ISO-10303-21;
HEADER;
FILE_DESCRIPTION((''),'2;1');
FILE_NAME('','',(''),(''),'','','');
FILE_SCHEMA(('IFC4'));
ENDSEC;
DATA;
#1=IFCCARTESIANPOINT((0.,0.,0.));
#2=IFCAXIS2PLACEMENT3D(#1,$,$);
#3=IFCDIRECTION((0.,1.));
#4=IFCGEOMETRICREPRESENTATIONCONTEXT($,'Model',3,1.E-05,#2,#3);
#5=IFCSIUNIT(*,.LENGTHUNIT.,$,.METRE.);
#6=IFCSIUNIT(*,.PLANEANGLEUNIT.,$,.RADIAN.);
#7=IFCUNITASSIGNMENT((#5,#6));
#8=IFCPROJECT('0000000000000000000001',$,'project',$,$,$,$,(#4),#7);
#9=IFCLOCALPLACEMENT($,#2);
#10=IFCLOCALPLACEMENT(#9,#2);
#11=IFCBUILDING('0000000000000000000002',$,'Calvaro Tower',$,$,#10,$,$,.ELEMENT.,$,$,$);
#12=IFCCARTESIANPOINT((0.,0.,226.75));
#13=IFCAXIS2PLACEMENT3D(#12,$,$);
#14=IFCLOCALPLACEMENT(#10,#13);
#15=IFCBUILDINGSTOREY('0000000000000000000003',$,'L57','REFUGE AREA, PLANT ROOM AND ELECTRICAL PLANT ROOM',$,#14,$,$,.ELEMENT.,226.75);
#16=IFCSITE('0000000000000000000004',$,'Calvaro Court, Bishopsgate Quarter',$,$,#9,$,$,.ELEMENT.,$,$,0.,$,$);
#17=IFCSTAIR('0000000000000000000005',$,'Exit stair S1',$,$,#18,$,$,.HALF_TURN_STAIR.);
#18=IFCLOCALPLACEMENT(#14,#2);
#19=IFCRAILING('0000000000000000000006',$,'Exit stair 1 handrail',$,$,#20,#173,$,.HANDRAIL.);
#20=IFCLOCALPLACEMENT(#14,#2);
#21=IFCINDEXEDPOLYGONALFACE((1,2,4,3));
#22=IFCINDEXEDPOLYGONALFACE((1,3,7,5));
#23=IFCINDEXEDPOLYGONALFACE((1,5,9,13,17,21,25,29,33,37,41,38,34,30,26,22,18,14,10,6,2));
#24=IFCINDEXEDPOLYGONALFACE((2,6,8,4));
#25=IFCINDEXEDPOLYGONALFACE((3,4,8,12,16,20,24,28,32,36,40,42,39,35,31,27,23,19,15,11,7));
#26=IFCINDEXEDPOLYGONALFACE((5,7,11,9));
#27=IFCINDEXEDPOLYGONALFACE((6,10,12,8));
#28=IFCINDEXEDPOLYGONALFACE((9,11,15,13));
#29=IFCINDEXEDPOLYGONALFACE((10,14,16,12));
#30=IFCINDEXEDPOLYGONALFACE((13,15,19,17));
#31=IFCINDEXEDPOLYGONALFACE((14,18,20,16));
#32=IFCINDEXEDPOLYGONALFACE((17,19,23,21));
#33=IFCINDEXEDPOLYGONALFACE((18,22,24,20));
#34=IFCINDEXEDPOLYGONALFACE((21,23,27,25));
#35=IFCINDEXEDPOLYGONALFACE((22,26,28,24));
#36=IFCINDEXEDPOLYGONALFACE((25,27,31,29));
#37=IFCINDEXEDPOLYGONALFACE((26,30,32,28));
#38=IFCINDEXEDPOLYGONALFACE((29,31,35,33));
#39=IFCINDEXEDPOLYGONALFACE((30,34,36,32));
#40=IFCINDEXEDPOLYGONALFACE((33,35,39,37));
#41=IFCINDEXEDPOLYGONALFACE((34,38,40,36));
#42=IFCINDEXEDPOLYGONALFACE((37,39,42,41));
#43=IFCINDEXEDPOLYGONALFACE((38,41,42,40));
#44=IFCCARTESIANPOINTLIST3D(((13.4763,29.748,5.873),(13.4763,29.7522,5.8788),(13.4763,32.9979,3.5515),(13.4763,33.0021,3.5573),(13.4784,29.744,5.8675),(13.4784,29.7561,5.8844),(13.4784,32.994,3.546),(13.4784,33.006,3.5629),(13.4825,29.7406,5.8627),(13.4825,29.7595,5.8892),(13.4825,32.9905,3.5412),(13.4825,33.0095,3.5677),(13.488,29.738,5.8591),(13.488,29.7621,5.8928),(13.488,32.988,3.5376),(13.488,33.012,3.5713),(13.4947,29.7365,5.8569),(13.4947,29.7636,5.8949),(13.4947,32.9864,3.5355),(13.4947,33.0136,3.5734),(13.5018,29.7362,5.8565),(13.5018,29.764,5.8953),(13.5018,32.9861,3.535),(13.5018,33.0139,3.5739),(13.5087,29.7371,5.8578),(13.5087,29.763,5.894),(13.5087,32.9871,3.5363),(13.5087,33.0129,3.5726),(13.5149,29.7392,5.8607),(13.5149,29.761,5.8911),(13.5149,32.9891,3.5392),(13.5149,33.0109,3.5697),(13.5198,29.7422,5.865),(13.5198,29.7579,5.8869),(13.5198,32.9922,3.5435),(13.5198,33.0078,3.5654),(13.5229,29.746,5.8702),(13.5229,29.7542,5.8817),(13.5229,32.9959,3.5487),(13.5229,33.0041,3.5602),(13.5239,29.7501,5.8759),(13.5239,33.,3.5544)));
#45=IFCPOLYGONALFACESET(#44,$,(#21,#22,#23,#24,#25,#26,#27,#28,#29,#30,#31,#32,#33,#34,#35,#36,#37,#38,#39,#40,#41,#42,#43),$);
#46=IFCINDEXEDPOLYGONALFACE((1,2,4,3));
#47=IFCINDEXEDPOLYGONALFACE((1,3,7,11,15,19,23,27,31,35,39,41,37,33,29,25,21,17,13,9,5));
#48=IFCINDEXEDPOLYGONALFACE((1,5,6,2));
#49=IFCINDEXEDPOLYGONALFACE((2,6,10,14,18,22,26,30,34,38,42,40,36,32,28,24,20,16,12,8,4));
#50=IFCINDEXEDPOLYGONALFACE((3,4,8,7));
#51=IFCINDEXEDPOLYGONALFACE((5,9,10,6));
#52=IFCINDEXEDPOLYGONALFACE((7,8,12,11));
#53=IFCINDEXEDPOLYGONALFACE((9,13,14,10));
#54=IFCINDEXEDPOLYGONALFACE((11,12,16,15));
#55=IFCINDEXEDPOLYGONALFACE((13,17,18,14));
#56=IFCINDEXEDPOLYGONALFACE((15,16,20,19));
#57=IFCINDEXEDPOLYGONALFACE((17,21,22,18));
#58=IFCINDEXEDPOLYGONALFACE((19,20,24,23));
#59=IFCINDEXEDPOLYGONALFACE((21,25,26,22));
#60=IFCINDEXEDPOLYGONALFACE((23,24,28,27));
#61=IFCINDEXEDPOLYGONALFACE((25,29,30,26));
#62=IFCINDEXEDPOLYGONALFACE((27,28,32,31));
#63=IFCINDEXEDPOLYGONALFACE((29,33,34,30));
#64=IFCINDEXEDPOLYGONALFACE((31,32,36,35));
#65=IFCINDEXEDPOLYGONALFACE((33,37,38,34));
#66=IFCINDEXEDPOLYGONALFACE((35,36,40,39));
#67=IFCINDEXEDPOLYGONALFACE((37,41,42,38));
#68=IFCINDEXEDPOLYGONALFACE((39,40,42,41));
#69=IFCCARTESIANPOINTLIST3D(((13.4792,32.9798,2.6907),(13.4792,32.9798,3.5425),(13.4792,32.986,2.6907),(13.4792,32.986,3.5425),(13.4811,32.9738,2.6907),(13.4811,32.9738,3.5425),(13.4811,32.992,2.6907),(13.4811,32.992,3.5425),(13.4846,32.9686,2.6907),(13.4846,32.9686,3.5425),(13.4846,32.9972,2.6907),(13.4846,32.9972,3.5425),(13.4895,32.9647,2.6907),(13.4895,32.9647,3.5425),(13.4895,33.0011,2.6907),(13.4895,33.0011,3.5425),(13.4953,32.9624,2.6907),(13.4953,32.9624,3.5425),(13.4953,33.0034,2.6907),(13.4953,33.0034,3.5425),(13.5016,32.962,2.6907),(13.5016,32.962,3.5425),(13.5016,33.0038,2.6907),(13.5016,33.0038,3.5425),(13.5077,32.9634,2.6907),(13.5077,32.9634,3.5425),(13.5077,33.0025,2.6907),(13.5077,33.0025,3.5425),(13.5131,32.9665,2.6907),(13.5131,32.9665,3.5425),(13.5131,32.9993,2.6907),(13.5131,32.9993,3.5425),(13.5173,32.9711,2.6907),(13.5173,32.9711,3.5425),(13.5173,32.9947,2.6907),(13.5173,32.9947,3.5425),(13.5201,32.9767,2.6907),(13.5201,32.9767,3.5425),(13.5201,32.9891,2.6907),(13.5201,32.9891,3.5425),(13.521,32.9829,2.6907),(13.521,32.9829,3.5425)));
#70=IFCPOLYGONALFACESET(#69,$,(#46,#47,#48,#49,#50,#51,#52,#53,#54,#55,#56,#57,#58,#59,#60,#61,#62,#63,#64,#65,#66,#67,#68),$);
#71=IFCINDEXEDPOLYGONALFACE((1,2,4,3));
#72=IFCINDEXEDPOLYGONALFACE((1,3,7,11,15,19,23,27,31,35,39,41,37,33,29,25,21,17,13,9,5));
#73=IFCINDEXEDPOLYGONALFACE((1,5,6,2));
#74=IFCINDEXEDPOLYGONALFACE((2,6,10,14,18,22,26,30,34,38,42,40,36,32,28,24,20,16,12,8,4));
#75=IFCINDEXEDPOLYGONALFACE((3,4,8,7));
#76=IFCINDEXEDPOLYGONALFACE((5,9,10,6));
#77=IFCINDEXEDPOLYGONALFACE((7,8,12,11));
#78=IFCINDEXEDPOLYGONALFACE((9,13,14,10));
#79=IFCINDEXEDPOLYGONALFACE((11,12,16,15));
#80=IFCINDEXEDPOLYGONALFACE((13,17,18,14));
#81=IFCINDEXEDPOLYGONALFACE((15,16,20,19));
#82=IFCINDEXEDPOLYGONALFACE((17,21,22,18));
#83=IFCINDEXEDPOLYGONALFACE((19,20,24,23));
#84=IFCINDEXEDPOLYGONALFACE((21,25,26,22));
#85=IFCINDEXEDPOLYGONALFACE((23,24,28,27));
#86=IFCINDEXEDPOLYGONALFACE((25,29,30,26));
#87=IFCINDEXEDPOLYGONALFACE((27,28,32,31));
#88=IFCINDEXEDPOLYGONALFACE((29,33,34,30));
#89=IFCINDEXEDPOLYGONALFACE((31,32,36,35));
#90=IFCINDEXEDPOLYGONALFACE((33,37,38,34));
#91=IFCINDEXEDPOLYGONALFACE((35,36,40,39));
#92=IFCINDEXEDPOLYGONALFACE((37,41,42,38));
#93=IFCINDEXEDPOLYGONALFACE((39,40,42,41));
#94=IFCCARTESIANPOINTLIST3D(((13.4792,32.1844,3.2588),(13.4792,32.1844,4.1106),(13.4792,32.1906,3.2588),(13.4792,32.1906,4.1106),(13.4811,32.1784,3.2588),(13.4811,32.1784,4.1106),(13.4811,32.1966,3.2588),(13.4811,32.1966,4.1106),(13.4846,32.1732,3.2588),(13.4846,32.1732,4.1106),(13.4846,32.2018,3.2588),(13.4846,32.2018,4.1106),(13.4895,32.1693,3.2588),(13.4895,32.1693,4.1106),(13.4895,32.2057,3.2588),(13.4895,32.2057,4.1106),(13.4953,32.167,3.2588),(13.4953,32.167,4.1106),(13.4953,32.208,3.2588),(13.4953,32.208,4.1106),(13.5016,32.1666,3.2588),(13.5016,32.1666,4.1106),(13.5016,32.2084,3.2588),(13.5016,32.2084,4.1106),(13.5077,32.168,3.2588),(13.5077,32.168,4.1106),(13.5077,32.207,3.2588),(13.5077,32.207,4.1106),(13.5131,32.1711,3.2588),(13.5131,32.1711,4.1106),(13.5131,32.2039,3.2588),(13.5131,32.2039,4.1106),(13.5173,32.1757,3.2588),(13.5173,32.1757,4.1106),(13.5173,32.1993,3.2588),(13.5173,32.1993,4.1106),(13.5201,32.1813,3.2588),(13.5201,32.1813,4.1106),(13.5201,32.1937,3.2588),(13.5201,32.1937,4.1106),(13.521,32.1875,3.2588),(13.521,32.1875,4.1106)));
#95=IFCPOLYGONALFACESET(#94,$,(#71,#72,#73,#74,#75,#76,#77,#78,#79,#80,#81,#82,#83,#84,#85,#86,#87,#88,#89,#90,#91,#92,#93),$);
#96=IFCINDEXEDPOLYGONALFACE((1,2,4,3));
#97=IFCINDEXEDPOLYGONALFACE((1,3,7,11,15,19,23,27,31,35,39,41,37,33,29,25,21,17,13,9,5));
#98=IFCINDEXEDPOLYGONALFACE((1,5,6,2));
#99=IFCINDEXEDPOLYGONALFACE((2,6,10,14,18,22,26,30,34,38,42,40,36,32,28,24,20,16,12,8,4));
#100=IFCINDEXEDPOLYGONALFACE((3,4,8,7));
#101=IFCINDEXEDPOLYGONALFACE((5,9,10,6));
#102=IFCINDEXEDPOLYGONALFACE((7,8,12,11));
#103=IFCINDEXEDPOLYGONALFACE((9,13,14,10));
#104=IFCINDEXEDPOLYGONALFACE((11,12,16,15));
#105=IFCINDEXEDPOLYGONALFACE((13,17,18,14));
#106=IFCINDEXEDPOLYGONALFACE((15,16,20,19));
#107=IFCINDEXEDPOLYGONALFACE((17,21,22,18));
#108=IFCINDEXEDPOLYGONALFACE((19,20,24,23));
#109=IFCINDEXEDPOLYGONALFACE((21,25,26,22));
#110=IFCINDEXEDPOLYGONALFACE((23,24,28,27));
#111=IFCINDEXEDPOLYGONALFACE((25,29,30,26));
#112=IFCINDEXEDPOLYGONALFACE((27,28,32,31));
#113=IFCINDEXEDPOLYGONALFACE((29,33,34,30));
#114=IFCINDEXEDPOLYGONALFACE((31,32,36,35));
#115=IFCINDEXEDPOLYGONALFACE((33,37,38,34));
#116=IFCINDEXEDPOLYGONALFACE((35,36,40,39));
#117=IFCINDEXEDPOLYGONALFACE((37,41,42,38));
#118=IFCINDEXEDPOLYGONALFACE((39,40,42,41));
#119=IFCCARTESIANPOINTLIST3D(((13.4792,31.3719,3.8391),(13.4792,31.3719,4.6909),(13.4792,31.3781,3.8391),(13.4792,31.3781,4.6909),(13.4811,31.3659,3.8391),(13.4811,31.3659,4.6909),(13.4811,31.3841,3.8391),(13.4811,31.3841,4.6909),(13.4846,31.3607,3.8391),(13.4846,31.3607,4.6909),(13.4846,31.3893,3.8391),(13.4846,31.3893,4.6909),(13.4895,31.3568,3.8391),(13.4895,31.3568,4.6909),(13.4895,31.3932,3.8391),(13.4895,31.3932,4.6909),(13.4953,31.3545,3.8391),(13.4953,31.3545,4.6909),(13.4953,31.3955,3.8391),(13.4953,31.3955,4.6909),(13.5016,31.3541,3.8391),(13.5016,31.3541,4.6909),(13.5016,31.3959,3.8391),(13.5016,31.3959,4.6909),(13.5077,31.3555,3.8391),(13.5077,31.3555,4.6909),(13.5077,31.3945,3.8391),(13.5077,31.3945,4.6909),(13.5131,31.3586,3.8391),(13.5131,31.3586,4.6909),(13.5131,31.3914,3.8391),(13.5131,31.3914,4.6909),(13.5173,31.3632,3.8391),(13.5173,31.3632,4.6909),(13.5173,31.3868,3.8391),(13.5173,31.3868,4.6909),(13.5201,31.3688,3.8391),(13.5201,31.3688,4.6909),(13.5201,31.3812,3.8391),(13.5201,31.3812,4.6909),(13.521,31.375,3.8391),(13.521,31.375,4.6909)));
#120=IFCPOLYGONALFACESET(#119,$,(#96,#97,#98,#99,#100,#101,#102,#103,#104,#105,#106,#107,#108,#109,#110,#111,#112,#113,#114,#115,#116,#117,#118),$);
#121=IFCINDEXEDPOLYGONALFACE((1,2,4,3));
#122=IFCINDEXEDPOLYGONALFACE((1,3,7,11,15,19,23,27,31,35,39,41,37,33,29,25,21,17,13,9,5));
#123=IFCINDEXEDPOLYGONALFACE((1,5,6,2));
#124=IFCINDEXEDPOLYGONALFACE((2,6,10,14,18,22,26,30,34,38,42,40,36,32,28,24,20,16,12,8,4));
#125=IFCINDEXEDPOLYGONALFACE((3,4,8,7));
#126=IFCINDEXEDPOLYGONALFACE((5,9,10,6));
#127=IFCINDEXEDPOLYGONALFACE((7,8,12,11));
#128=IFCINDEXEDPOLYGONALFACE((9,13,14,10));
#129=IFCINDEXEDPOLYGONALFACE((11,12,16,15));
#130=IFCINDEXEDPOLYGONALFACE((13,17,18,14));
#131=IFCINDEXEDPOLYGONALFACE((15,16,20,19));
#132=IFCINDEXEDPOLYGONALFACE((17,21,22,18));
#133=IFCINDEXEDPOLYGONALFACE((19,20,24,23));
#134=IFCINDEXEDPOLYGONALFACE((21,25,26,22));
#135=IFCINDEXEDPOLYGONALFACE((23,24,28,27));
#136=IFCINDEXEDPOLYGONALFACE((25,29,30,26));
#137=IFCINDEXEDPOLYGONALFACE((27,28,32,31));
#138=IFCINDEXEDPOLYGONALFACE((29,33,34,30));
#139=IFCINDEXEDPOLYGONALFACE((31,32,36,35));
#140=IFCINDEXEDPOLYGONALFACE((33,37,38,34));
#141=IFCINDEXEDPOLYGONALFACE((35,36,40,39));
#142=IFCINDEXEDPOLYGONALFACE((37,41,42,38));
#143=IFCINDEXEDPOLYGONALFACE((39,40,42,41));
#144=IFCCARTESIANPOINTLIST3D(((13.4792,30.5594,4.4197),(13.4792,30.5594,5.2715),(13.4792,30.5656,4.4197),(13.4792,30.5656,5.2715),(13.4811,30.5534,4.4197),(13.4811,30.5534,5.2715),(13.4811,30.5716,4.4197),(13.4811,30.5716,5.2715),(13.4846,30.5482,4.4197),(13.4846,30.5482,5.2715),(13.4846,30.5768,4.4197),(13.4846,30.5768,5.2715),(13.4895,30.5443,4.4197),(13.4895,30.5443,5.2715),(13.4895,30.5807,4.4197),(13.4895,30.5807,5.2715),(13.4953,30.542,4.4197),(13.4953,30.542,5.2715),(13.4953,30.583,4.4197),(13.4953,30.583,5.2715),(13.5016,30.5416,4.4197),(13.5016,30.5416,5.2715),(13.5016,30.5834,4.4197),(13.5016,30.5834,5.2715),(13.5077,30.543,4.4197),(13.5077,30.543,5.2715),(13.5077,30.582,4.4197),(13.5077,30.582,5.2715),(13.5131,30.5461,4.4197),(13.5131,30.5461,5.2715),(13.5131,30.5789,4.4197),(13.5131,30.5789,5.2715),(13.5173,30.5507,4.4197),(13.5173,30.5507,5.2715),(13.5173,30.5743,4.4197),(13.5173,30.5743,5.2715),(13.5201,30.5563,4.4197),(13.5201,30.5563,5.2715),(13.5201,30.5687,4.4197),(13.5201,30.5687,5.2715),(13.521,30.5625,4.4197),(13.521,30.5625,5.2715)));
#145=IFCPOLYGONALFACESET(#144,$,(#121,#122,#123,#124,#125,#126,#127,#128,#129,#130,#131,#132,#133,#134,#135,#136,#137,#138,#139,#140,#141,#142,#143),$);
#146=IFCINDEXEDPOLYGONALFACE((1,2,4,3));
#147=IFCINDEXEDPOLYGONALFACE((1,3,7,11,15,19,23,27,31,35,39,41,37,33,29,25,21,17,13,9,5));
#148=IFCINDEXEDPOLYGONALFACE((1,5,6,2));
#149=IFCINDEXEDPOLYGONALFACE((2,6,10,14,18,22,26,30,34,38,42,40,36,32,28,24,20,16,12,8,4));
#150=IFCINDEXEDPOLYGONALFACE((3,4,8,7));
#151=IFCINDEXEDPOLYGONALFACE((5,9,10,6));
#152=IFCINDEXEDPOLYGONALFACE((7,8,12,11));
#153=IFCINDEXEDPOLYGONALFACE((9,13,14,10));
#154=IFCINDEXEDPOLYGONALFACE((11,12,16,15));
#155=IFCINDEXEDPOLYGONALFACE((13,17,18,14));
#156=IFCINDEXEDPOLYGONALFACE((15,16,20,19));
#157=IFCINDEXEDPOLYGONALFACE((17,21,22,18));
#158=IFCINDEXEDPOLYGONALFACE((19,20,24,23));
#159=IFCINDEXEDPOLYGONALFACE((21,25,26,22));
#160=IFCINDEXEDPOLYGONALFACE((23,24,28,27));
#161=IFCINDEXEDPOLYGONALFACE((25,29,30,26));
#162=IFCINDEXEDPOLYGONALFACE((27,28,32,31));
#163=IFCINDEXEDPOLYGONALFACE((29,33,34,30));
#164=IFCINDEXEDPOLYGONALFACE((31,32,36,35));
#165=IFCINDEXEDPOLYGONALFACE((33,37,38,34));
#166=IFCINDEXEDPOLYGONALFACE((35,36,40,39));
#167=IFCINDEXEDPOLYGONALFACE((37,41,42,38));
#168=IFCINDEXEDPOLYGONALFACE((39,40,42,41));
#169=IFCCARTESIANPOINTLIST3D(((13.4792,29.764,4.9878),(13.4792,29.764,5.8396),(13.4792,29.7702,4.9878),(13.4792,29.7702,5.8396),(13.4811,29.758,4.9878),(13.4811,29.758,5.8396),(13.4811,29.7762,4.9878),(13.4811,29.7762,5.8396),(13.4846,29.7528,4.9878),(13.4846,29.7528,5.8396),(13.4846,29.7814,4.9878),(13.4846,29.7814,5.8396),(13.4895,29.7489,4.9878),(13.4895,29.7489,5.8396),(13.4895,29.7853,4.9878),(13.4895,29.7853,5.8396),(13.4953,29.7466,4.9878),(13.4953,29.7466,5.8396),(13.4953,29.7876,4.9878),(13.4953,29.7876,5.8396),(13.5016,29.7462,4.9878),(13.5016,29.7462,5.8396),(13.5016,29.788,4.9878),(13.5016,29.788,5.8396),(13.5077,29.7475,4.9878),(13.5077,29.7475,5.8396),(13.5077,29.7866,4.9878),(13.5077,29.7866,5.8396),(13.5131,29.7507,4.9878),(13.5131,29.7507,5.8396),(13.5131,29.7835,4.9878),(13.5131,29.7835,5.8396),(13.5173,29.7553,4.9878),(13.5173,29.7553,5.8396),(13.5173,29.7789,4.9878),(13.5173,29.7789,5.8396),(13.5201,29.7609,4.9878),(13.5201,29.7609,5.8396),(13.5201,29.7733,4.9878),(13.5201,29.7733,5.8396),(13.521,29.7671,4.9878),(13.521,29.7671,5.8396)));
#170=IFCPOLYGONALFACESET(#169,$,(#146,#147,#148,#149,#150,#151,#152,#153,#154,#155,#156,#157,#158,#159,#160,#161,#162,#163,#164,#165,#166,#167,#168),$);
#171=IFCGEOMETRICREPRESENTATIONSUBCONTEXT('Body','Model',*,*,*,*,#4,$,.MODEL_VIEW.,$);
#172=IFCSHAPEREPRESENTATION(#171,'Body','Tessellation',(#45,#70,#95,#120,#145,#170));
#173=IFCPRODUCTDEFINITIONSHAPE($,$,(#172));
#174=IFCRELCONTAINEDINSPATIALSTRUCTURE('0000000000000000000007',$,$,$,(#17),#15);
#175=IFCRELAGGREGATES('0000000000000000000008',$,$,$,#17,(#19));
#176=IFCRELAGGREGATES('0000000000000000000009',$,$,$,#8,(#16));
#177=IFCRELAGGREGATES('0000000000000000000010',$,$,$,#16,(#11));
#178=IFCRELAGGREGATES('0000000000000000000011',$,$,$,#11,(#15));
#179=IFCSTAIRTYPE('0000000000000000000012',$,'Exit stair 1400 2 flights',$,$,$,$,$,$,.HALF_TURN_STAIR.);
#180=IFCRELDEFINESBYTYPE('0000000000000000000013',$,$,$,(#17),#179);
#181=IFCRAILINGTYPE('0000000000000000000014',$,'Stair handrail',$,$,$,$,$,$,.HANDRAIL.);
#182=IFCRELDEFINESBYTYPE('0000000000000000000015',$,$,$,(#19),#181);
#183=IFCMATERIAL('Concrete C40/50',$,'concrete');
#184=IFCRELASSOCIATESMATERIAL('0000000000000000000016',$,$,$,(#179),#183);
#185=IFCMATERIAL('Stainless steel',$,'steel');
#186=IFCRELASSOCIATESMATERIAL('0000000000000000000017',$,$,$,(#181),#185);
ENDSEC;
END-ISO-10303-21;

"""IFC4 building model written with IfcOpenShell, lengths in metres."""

from ifc_helpers import new_model, si_unit, direction, frame, origin, origin_2d, place, context, subcontext, project, spatial, circle, extrude, material, type_object, element, aggregate, save


model = new_model("IFC4")

# Units and contexts
model_context = context("Model", 3, precision=1e-05, world=origin(), true_north=direction((0.0, 1.0)))
body_context = subcontext(model_context, "Body", "Model", "MODEL_VIEW")
ifc_project = project(units=[si_unit("LENGTHUNIT", "METRE"), si_unit("PLANEANGLEUNIT", "RADIAN")], contexts=[model_context])

# Site, building, storey
site_placement = place(None, origin())
site = spatial("IfcSite", under=ifc_project, at=site_placement, Name="Calvaro Court, Bishopsgate Quarter", CompositionType="ELEMENT", RefElevation=0.0)
building_placement = place(site_placement, origin())
building = spatial("IfcBuilding", under=site, at=building_placement, Name="Calvaro Tower", CompositionType="ELEMENT")
storey_placement = place(building_placement, frame((0.0, 0.0, 226.75)))
storey = spatial("IfcBuildingStorey", under=building, at=storey_placement, Name="L57", Description="REFUGE AREA, PLANT ROOM AND ELECTRICAL PLANT ROOM", CompositionType="ELEMENT", Elevation=226.75)

# Stair
ifc_material_1 = material(Name="Concrete C40/50", Category="concrete")
stair_type = type_object("IfcStairType", Name="Exit stair 1400 2 flights", PredefinedType="HALF_TURN_STAIR", material=ifc_material_1)
stair_placement = place(storey_placement, origin())
stair = element("IfcStair", 1, at=stair_placement, inside=storey, type_object=stair_type, Name="Exit stair S1", PredefinedType="HALF_TURN_STAIR")

# Railing
ifc_material_2 = material(Name="Stainless steel", Category="steel")
railing_type = type_object("IfcRailingType", Name="Stair handrail", PredefinedType="HANDRAIL", material=ifc_material_2)
railing_1_placement = place(storey_placement, frame((13.5, 33.0, 2.6785)))
railing_1 = element("IfcRailing", 2, at=railing_1_placement, type_object=railing_type, Name="Exit stair 1 handrail", PredefinedType="HANDRAIL", context=body_context, shape_type="SweptSolid", body=[
    extrude(circle(Radius=0.0239, at=origin_2d()), frame((0.0, 0.0, 0.876), z_axis=(0.0, -0.813721, 0.581256), x_axis=(1.0, 0.0, 0.0)), (0.0, 0.0, 1.0), 3.9939),
    extrude(circle(Radius=0.021, at=origin_2d()), frame((0.0, -0.0171, 0.0122)), (0.0, 0.0, 1.0), 0.8518),
    extrude(circle(Radius=0.021, at=origin_2d()), frame((0.0, -0.8125, 0.5803)), (0.0, 0.0, 1.0), 0.8518),
    extrude(circle(Radius=0.021, at=origin_2d()), frame((0.0, -1.625, 1.1606)), (0.0, 0.0, 1.0), 0.8518),
    extrude(circle(Radius=0.021, at=origin_2d()), frame((0.0, -2.4375, 1.7412)), (0.0, 0.0, 1.0), 0.8518),
    extrude(circle(Radius=0.021, at=origin_2d()), frame((0.0, -3.2329, 2.3093)), (0.0, 0.0, 1.0), 0.8518),
])
aggregate(stair, [railing_1])

save(model, "model.ifc")
